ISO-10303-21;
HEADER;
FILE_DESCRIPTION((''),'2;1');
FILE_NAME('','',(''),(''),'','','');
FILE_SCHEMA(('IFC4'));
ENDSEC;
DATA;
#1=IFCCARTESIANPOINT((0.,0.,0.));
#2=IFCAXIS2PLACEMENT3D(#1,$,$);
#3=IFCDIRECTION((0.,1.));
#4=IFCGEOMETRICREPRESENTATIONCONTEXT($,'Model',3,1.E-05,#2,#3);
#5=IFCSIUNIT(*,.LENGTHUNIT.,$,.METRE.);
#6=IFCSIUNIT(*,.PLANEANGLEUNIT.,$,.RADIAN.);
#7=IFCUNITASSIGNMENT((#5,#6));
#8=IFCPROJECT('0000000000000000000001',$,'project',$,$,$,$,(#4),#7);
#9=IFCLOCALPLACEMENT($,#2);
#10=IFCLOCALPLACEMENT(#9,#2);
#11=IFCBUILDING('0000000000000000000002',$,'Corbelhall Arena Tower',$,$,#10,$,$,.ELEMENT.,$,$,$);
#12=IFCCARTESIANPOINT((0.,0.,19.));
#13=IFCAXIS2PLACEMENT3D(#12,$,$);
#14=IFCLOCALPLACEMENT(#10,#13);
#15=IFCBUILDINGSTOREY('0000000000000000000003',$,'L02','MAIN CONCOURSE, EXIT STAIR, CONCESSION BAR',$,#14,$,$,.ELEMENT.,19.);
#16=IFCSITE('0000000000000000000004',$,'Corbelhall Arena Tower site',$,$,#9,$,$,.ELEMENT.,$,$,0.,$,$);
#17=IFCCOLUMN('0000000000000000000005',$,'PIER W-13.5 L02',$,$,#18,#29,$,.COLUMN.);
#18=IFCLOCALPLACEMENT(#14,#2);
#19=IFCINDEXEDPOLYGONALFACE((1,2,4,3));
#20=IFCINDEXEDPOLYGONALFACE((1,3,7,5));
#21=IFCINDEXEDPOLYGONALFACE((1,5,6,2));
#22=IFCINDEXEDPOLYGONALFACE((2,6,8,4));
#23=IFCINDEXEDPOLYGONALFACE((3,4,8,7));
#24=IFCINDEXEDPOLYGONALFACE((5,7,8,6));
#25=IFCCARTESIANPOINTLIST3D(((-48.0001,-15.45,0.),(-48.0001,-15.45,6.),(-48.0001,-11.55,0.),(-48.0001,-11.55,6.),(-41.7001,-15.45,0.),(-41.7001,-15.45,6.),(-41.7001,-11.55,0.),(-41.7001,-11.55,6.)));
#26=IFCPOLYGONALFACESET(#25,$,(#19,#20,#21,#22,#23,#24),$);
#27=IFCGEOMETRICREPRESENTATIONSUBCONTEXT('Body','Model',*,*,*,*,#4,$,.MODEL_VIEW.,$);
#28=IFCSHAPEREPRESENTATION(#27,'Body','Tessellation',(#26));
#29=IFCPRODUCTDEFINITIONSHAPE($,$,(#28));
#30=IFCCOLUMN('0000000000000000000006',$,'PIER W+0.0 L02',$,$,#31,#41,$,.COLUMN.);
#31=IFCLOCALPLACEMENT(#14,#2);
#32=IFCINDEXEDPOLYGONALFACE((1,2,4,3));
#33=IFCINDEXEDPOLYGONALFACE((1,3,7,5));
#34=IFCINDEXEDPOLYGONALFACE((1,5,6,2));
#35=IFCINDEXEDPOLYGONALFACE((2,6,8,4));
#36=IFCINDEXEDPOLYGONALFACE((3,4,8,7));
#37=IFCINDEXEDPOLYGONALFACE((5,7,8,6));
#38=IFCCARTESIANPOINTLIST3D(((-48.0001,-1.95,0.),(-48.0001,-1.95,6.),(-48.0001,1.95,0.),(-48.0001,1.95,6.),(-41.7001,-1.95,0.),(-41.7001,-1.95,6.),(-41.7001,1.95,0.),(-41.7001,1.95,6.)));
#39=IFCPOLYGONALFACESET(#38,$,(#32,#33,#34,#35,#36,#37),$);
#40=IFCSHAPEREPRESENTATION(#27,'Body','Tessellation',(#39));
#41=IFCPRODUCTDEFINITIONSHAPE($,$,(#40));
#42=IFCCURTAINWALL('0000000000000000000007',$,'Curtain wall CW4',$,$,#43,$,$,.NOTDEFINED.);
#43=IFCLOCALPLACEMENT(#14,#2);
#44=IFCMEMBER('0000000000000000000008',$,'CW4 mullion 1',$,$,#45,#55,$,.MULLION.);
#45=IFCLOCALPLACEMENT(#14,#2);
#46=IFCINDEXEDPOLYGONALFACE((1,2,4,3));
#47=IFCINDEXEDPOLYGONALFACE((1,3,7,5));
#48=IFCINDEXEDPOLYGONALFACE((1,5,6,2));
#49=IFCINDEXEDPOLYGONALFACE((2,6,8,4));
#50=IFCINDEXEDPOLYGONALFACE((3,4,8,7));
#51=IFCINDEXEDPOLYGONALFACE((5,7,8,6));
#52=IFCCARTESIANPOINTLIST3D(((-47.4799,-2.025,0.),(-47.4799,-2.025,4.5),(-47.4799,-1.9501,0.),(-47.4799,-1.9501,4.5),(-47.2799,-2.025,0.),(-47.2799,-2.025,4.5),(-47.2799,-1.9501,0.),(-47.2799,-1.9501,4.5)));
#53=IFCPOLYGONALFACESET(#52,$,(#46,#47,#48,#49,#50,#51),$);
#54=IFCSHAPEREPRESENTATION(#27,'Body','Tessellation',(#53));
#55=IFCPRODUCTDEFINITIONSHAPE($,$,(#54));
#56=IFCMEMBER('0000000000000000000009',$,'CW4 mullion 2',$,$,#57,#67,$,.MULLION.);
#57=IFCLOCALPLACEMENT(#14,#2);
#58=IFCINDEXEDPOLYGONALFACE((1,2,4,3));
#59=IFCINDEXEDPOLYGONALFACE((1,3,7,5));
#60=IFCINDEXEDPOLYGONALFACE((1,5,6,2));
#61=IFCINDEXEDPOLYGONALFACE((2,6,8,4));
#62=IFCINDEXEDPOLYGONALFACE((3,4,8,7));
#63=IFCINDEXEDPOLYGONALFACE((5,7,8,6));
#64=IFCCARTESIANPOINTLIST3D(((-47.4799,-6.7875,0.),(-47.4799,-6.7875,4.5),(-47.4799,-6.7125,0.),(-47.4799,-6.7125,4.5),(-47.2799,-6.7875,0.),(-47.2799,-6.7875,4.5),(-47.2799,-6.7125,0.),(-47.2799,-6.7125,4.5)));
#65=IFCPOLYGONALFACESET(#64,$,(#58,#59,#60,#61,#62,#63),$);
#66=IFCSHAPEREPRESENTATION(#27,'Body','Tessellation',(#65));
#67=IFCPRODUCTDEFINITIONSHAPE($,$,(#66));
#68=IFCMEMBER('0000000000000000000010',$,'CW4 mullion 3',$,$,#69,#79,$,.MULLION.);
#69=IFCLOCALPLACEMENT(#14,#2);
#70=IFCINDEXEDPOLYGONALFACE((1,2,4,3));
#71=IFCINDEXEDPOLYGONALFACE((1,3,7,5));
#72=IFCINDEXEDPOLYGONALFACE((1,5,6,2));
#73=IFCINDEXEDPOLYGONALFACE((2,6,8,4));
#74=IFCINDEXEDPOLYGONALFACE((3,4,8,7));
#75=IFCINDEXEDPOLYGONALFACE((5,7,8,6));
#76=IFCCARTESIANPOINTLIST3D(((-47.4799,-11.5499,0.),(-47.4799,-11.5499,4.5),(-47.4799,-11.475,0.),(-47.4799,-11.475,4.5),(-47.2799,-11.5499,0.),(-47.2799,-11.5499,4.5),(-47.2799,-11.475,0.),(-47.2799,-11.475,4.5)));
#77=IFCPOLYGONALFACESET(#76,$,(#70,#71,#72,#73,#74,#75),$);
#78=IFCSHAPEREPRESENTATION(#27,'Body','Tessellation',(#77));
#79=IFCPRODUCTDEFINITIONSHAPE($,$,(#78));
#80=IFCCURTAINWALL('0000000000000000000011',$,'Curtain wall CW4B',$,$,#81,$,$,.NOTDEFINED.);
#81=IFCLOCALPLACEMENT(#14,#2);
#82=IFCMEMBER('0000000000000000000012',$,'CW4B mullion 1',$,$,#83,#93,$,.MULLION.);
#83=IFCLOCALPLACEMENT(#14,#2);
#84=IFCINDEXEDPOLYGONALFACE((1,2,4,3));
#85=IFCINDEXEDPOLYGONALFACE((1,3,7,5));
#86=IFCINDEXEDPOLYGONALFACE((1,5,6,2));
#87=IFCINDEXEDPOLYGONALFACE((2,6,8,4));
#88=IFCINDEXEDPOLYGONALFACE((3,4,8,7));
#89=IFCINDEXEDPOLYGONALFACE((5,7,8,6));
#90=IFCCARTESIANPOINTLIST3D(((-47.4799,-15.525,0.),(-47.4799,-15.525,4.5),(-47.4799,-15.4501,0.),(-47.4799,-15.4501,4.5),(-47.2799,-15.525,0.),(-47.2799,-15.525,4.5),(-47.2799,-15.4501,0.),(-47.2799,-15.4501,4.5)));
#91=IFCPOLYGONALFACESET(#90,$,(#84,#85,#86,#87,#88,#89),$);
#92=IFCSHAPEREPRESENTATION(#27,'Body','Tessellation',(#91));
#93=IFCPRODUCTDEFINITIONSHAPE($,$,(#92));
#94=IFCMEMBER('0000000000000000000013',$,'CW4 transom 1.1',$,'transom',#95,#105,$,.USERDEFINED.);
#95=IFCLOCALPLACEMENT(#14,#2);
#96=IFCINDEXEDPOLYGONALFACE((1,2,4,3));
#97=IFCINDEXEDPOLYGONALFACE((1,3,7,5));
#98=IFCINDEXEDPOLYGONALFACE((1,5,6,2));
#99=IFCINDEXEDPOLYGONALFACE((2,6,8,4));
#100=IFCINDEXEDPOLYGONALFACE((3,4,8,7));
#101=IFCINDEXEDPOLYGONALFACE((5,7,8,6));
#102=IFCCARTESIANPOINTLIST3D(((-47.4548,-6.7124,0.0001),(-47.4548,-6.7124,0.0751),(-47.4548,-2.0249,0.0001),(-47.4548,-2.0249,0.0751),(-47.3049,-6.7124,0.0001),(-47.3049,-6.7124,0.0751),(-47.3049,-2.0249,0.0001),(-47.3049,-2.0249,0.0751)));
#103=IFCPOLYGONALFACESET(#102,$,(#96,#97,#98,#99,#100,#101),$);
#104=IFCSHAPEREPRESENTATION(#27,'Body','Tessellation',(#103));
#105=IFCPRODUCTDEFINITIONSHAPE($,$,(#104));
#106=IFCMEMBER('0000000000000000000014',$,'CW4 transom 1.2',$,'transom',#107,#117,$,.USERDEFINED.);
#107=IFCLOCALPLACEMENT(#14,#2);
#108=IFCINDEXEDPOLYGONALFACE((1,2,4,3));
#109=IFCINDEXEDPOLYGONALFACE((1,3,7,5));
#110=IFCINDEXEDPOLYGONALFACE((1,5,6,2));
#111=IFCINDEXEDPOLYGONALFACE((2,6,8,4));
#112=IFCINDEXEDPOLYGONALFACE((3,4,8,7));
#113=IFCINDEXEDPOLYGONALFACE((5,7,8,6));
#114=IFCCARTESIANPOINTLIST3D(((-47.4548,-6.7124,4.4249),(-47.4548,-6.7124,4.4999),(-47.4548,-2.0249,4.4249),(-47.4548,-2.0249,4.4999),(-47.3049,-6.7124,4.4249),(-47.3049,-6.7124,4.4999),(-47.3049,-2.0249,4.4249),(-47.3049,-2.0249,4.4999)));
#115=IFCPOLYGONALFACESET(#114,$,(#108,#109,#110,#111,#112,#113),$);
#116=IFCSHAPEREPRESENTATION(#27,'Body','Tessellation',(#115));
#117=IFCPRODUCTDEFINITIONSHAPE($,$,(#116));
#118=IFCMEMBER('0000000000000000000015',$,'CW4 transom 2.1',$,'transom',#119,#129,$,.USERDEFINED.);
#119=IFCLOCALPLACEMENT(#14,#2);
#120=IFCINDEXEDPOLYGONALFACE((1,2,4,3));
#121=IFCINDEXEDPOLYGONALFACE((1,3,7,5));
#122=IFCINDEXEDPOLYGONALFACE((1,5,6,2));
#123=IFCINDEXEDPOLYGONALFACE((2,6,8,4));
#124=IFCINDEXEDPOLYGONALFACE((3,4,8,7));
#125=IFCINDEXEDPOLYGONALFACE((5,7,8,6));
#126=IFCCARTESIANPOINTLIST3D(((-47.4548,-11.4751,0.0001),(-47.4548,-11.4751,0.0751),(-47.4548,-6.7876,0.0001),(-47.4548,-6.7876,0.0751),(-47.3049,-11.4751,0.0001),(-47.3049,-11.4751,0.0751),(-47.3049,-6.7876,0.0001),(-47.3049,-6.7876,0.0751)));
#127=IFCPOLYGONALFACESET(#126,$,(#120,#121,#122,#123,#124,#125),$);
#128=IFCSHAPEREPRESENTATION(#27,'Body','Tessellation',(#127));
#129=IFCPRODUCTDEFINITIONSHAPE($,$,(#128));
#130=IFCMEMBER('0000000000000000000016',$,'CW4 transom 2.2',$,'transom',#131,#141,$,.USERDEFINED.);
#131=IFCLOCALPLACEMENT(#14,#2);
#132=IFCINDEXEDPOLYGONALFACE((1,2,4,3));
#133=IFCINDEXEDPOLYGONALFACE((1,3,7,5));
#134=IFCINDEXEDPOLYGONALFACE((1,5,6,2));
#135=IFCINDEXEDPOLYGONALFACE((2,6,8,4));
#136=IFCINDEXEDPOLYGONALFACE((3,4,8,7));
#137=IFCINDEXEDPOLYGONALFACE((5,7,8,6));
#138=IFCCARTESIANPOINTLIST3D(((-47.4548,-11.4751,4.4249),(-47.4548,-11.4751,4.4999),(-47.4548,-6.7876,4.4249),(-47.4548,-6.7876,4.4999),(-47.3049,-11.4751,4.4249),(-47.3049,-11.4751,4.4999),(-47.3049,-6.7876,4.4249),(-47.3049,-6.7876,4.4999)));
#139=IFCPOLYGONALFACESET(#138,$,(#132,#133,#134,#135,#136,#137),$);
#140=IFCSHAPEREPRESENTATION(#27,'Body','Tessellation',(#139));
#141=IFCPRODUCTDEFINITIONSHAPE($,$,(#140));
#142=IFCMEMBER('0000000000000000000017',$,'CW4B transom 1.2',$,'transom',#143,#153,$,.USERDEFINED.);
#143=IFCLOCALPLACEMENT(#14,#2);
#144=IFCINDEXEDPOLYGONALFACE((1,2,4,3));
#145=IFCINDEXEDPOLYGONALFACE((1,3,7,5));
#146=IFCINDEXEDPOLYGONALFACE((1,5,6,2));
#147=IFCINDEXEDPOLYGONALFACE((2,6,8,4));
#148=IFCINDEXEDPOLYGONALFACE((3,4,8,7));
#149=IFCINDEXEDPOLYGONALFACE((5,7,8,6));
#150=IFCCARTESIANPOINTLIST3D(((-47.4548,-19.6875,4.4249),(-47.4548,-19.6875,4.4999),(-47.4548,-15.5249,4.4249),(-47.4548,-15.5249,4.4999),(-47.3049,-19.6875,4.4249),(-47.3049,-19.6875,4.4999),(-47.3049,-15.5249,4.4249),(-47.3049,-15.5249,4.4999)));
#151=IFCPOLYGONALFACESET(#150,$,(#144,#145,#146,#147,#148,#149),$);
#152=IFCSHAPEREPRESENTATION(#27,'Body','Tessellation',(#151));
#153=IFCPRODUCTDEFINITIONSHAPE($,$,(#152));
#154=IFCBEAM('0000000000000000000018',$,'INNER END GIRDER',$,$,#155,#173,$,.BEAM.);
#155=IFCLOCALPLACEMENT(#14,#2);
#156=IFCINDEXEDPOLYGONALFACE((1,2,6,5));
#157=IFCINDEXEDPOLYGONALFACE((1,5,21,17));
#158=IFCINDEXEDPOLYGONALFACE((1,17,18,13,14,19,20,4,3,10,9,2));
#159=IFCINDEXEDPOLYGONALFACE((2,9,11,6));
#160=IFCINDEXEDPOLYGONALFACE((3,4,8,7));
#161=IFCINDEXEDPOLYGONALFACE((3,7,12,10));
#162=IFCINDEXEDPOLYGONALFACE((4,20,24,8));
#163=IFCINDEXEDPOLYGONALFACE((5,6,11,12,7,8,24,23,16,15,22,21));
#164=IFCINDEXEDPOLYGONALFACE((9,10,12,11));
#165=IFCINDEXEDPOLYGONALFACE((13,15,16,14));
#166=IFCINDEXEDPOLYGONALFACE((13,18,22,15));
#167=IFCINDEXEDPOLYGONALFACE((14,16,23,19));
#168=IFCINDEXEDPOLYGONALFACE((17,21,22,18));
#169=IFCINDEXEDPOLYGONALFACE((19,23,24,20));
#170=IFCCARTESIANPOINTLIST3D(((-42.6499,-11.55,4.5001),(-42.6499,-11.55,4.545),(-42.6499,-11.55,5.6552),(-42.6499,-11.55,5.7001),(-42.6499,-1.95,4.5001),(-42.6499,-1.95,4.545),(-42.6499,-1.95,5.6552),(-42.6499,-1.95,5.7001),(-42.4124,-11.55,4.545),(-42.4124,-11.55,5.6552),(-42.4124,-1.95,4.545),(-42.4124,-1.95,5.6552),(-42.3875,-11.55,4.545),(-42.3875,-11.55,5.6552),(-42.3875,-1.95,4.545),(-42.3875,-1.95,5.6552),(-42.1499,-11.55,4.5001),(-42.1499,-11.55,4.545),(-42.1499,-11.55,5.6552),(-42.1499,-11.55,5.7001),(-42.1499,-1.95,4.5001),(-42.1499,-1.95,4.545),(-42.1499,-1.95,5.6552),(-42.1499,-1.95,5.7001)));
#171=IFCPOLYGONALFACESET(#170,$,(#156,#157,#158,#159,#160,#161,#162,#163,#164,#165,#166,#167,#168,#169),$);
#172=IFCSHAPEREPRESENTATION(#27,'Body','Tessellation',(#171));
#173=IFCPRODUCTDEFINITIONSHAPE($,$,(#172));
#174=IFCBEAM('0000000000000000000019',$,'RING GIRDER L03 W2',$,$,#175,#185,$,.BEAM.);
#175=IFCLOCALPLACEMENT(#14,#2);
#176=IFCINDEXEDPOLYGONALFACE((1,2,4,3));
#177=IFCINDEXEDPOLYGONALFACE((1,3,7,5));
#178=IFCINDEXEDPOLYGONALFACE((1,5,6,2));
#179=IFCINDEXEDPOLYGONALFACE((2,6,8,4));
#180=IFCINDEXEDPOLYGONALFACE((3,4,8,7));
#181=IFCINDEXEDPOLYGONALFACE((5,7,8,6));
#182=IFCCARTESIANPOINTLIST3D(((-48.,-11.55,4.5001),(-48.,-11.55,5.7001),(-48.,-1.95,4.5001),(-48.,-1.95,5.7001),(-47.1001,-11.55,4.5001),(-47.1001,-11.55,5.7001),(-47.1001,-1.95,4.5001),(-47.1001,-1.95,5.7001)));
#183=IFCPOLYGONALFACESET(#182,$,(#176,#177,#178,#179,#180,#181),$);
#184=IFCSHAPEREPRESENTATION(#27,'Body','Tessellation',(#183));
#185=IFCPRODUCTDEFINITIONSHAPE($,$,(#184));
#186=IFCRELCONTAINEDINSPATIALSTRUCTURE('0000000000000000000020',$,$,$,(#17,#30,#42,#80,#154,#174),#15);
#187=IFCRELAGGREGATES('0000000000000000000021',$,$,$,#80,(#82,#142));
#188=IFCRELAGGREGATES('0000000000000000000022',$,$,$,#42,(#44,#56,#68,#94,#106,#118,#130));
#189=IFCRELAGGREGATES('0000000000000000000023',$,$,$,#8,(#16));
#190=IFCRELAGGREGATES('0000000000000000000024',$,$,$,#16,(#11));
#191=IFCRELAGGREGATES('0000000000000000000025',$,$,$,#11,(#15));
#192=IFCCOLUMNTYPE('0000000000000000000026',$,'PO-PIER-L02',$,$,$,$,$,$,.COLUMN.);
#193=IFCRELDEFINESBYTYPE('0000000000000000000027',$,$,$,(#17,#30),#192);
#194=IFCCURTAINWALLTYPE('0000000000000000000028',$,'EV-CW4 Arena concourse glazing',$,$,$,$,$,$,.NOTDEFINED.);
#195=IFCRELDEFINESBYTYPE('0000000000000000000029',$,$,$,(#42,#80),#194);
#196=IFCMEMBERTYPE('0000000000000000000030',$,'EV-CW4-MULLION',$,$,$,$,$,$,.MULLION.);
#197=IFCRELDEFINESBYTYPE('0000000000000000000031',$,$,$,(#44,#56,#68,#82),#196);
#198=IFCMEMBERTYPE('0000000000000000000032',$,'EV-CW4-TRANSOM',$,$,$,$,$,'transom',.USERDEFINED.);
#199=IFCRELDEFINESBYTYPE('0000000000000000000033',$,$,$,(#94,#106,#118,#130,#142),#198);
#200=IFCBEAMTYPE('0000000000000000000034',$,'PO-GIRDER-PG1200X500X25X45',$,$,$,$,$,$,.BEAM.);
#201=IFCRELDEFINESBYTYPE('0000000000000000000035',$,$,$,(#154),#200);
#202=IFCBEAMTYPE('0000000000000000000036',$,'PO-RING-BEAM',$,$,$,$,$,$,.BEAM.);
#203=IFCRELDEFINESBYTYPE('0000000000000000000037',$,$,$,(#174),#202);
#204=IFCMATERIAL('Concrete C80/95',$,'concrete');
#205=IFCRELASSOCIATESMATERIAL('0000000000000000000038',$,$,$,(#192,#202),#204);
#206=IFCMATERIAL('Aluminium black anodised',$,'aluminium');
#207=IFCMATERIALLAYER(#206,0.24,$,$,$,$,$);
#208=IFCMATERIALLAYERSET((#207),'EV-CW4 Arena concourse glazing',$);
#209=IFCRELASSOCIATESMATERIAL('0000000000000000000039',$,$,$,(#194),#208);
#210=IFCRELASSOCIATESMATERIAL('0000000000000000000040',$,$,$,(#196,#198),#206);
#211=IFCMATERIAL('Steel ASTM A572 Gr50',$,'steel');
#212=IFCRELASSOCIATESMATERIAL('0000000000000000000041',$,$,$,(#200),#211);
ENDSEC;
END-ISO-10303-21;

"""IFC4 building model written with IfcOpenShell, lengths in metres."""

from ifc_helpers import new_model, si_unit, direction, frame, origin, origin_2d, place, context, subcontext, project, spatial, rectangle, i_section, extrude, material, layer, layer_set, material_profile, profile_set, type_object, element, aggregate, save


model = new_model("IFC4")

# Units and contexts
model_context = context("Model", 3, precision=1e-05, world=origin(), true_north=direction((0.0, 1.0)))
body_context = subcontext(model_context, "Body", "Model", "MODEL_VIEW")
ifc_project = project(units=[si_unit("LENGTHUNIT", "METRE"), si_unit("PLANEANGLEUNIT", "RADIAN")], contexts=[model_context])

# Site, building, storey
site_placement = place(None, origin())
site = spatial("IfcSite", under=ifc_project, at=site_placement, Name="Corbelhall Arena Tower site", CompositionType="ELEMENT", RefElevation=0.0)
building_placement = place(site_placement, origin())
building = spatial("IfcBuilding", under=site, at=building_placement, Name="Corbelhall Arena Tower", CompositionType="ELEMENT")
storey_placement = place(building_placement, frame((0.0, 0.0, 19.0)))
storey = spatial("IfcBuildingStorey", under=building, at=storey_placement, Name="L02", Description="MAIN CONCOURSE, EXIT STAIR, CONCESSION BAR", CompositionType="ELEMENT", Elevation=19.0)

# Columns
ifc_material_1 = material(Name="Concrete C80/95", Category="concrete")
ifc_material_profile_1 = material_profile(ifc_material_1, rectangle(XDim=3.8999, YDim=6.3, at=origin_2d()))
ifc_profile_set_1 = profile_set([ifc_material_profile_1], Name="Concrete C80/95")
column_type = type_object("IfcColumnType", Name="PO-PIER-L02", PredefinedType="COLUMN", material=ifc_profile_set_1)
for number, where, z_axis, x_axis, name in (
    (1, (-44.8501, -13.5, 0.0), (0.0, 0.0, 1.0), (0.0, 1.0, 0.0), "PIER W-13.5 L02"),
    (2, (-44.8501, 0.0, 0.0), (0.0, 0.0, 1.0), (0.0, 1.0, 0.0), "PIER W+0.0 L02"),
):
    element("IfcColumn", number, at=place(storey_placement, frame(where, z_axis=z_axis, x_axis=x_axis)), inside=storey, type_object=column_type, Name=name, PredefinedType="COLUMN", context=body_context, shape_type="SweptSolid", body=[
        extrude(rectangle(XDim=3.8999, YDim=6.3, at=origin_2d()), origin(), (0.0, 0.0, 1.0), 6.0),
    ])

# Curtain wall, members
ifc_material_2 = material(Name="Aluminium black anodised", Category="aluminium")
ifc_layer_1 = layer(ifc_material_2, 0.24)
ifc_layer_set_1 = layer_set([ifc_layer_1], Name="EV-CW4 Arena concourse glazing")
curtain_wall_type = type_object("IfcCurtainWallType", Name="EV-CW4 Arena concourse glazing", PredefinedType="NOTDEFINED", material=ifc_layer_set_1)
curtain_wall_1_placement = place(storey_placement, origin())
curtain_wall_1 = element("IfcCurtainWall", 3, at=curtain_wall_1_placement, inside=storey, type_object=curtain_wall_type, Name="Curtain wall CW4", PredefinedType="NOTDEFINED")
ifc_material_profile_2 = material_profile(ifc_material_2, rectangle(XDim=0.2, YDim=0.075, at=origin_2d()))
ifc_profile_set_2 = profile_set([ifc_material_profile_2], Name="Aluminium black anodised")
member_type_1 = type_object("IfcMemberType", Name="EV-CW4-MULLION", PredefinedType="MULLION", material=ifc_profile_set_2)
member_1_placement = place(storey_placement, frame((-47.3799, -1.9875, 0.0), z_axis=(0.0, 0.0, 1.0), x_axis=(1.0, 0.0, 0.0)))
member_1 = element("IfcMember", 4, at=member_1_placement, type_object=member_type_1, Name="CW4 mullion 1", PredefinedType="MULLION", context=body_context, shape_type="SweptSolid", body=[
    extrude(rectangle(XDim=0.2, YDim=0.075, at=origin_2d()), origin(), (0.0, 0.0, 1.0), 4.5),
])
member_2_placement = place(storey_placement, frame((-47.3799, -6.75, 0.0), z_axis=(0.0, 0.0, 1.0), x_axis=(1.0, 0.0, 0.0)))
member_2 = element("IfcMember", 5, at=member_2_placement, type_object=member_type_1, Name="CW4 mullion 2", PredefinedType="MULLION", context=body_context, shape_type="SweptSolid", body=[
    extrude(rectangle(XDim=0.2, YDim=0.075, at=origin_2d()), origin(), (0.0, 0.0, 1.0), 4.5),
])
member_3_placement = place(storey_placement, frame((-47.3799, -11.5125, 0.0), z_axis=(0.0, 0.0, 1.0), x_axis=(1.0, 0.0, 0.0)))
member_3 = element("IfcMember", 6, at=member_3_placement, type_object=member_type_1, Name="CW4 mullion 3", PredefinedType="MULLION", context=body_context, shape_type="SweptSolid", body=[
    extrude(rectangle(XDim=0.2, YDim=0.075, at=origin_2d()), origin(), (0.0, 0.0, 1.0), 4.5),
])

# Curtain wall, member
curtain_wall_2_placement = place(storey_placement, origin())
curtain_wall_2 = element("IfcCurtainWall", 7, at=curtain_wall_2_placement, inside=storey, type_object=curtain_wall_type, Name="Curtain wall CW4B", PredefinedType="NOTDEFINED")
member_4_placement = place(storey_placement, frame((-47.3799, -15.4875, 0.0), z_axis=(0.0, 0.0, 1.0), x_axis=(1.0, 0.0, 0.0)))
member_4 = element("IfcMember", 8, at=member_4_placement, type_object=member_type_1, Name="CW4B mullion 1", PredefinedType="MULLION", context=body_context, shape_type="SweptSolid", body=[
    extrude(rectangle(XDim=0.2, YDim=0.075, at=origin_2d()), origin(), (0.0, 0.0, 1.0), 4.5),
])

# Members
ifc_material_profile_3 = material_profile(ifc_material_2, rectangle(XDim=0.1499, YDim=0.075, at=origin_2d()))
ifc_profile_set_3 = profile_set([ifc_material_profile_3], Name="Aluminium black anodised")
member_type_2 = type_object("IfcMemberType", Name="EV-CW4-TRANSOM", ElementType="transom", PredefinedType="USERDEFINED", material=ifc_profile_set_3)
member_5_placement = place(storey_placement, frame((-47.3799, -2.0249, 0.0376), z_axis=(0.0, -1.0, 0.0), x_axis=(1.0, 0.0, 0.0)))
member_5 = element("IfcMember", 9, at=member_5_placement, type_object=member_type_2, Name="CW4 transom 1.1", ObjectType="transom", PredefinedType="USERDEFINED", context=body_context, shape_type="SweptSolid", body=[
    extrude(rectangle(XDim=0.1499, YDim=0.075, at=origin_2d()), origin(), (0.0, 0.0, 1.0), 4.6875),
])
member_6_placement = place(storey_placement, frame((-47.3799, -2.0249, 4.4624), z_axis=(0.0, -1.0, 0.0), x_axis=(1.0, 0.0, 0.0)))
member_6 = element("IfcMember", 10, at=member_6_placement, type_object=member_type_2, Name="CW4 transom 1.2", ObjectType="transom", PredefinedType="USERDEFINED", context=body_context, shape_type="SweptSolid", body=[
    extrude(rectangle(XDim=0.1499, YDim=0.075, at=origin_2d()), origin(), (0.0, 0.0, 1.0), 4.6875),
])
member_7_placement = place(storey_placement, frame((-47.3799, -6.7876, 0.0376), z_axis=(0.0, -1.0, 0.0), x_axis=(1.0, 0.0, 0.0)))
member_7 = element("IfcMember", 11, at=member_7_placement, type_object=member_type_2, Name="CW4 transom 2.1", ObjectType="transom", PredefinedType="USERDEFINED", context=body_context, shape_type="SweptSolid", body=[
    extrude(rectangle(XDim=0.1499, YDim=0.075, at=origin_2d()), origin(), (0.0, 0.0, 1.0), 4.6875),
])
member_8_placement = place(storey_placement, frame((-47.3799, -6.7876, 4.4624), z_axis=(0.0, -1.0, 0.0), x_axis=(1.0, 0.0, 0.0)))
member_8 = element("IfcMember", 12, at=member_8_placement, type_object=member_type_2, Name="CW4 transom 2.2", ObjectType="transom", PredefinedType="USERDEFINED", context=body_context, shape_type="SweptSolid", body=[
    extrude(rectangle(XDim=0.1499, YDim=0.075, at=origin_2d()), origin(), (0.0, 0.0, 1.0), 4.6875),
])
member_9_placement = place(storey_placement, frame((-47.3799, -15.5249, 4.4624), z_axis=(0.0, -1.0, 0.0), x_axis=(1.0, 0.0, 0.0)))
member_9 = element("IfcMember", 13, at=member_9_placement, type_object=member_type_2, Name="CW4B transom 1.2", ObjectType="transom", PredefinedType="USERDEFINED", context=body_context, shape_type="SweptSolid", body=[
    extrude(rectangle(XDim=0.1499, YDim=0.075, at=origin_2d()), origin(), (0.0, 0.0, 1.0), 4.1626),
])
aggregate(curtain_wall_2, [member_4, member_9])

# Beams
ifc_material_3 = material(Name="Steel ASTM A572 Gr50", Category="steel")
ifc_material_profile_4 = material_profile(ifc_material_3, i_section(OverallWidth=0.5, OverallDepth=1.2, WebThickness=0.0249, FlangeThickness=0.0449, at=origin_2d()))
ifc_profile_set_4 = profile_set([ifc_material_profile_4], Name="Steel ASTM A572 Gr50")
beam_type_1 = type_object("IfcBeamType", Name="PO-GIRDER-PG1200X500X25X45", PredefinedType="BEAM", material=ifc_profile_set_4)
beam_1_placement = place(storey_placement, frame((-42.3999, -11.55, 5.1001), z_axis=(0.0, 1.0, 0.0), x_axis=(-1.0, 0.0, 0.0)))
element("IfcBeam", 14, at=beam_1_placement, inside=storey, type_object=beam_type_1, Name="INNER END GIRDER", PredefinedType="BEAM", context=body_context, shape_type="SweptSolid", body=[
    extrude(i_section(OverallWidth=0.5, OverallDepth=1.2, WebThickness=0.0249, FlangeThickness=0.0449, at=origin_2d()), origin(), (0.0, 0.0, 1.0), 9.6001),
])
ifc_material_profile_5 = material_profile(ifc_material_1, rectangle(XDim=0.8999, YDim=1.2, at=origin_2d()))
ifc_profile_set_5 = profile_set([ifc_material_profile_5], Name="Concrete C80/95")
beam_type_2 = type_object("IfcBeamType", Name="PO-RING-BEAM", PredefinedType="BEAM", material=ifc_profile_set_5)
beam_2_placement = place(storey_placement, frame((-47.55, -11.55, 5.1001), z_axis=(0.0, 1.0, 0.0), x_axis=(-1.0, 0.0, 0.0)))
element("IfcBeam", 15, at=beam_2_placement, inside=storey, type_object=beam_type_2, Name="RING GIRDER L03 W2", PredefinedType="BEAM", context=body_context, shape_type="SweptSolid", body=[
    extrude(rectangle(XDim=0.8999, YDim=1.2, at=origin_2d()), origin(), (0.0, 0.0, 1.0), 9.6001),
])

aggregate(curtain_wall_1, [member_1, member_2, member_3, member_5, member_6, member_7, member_8])

save(model, "model.ifc")
